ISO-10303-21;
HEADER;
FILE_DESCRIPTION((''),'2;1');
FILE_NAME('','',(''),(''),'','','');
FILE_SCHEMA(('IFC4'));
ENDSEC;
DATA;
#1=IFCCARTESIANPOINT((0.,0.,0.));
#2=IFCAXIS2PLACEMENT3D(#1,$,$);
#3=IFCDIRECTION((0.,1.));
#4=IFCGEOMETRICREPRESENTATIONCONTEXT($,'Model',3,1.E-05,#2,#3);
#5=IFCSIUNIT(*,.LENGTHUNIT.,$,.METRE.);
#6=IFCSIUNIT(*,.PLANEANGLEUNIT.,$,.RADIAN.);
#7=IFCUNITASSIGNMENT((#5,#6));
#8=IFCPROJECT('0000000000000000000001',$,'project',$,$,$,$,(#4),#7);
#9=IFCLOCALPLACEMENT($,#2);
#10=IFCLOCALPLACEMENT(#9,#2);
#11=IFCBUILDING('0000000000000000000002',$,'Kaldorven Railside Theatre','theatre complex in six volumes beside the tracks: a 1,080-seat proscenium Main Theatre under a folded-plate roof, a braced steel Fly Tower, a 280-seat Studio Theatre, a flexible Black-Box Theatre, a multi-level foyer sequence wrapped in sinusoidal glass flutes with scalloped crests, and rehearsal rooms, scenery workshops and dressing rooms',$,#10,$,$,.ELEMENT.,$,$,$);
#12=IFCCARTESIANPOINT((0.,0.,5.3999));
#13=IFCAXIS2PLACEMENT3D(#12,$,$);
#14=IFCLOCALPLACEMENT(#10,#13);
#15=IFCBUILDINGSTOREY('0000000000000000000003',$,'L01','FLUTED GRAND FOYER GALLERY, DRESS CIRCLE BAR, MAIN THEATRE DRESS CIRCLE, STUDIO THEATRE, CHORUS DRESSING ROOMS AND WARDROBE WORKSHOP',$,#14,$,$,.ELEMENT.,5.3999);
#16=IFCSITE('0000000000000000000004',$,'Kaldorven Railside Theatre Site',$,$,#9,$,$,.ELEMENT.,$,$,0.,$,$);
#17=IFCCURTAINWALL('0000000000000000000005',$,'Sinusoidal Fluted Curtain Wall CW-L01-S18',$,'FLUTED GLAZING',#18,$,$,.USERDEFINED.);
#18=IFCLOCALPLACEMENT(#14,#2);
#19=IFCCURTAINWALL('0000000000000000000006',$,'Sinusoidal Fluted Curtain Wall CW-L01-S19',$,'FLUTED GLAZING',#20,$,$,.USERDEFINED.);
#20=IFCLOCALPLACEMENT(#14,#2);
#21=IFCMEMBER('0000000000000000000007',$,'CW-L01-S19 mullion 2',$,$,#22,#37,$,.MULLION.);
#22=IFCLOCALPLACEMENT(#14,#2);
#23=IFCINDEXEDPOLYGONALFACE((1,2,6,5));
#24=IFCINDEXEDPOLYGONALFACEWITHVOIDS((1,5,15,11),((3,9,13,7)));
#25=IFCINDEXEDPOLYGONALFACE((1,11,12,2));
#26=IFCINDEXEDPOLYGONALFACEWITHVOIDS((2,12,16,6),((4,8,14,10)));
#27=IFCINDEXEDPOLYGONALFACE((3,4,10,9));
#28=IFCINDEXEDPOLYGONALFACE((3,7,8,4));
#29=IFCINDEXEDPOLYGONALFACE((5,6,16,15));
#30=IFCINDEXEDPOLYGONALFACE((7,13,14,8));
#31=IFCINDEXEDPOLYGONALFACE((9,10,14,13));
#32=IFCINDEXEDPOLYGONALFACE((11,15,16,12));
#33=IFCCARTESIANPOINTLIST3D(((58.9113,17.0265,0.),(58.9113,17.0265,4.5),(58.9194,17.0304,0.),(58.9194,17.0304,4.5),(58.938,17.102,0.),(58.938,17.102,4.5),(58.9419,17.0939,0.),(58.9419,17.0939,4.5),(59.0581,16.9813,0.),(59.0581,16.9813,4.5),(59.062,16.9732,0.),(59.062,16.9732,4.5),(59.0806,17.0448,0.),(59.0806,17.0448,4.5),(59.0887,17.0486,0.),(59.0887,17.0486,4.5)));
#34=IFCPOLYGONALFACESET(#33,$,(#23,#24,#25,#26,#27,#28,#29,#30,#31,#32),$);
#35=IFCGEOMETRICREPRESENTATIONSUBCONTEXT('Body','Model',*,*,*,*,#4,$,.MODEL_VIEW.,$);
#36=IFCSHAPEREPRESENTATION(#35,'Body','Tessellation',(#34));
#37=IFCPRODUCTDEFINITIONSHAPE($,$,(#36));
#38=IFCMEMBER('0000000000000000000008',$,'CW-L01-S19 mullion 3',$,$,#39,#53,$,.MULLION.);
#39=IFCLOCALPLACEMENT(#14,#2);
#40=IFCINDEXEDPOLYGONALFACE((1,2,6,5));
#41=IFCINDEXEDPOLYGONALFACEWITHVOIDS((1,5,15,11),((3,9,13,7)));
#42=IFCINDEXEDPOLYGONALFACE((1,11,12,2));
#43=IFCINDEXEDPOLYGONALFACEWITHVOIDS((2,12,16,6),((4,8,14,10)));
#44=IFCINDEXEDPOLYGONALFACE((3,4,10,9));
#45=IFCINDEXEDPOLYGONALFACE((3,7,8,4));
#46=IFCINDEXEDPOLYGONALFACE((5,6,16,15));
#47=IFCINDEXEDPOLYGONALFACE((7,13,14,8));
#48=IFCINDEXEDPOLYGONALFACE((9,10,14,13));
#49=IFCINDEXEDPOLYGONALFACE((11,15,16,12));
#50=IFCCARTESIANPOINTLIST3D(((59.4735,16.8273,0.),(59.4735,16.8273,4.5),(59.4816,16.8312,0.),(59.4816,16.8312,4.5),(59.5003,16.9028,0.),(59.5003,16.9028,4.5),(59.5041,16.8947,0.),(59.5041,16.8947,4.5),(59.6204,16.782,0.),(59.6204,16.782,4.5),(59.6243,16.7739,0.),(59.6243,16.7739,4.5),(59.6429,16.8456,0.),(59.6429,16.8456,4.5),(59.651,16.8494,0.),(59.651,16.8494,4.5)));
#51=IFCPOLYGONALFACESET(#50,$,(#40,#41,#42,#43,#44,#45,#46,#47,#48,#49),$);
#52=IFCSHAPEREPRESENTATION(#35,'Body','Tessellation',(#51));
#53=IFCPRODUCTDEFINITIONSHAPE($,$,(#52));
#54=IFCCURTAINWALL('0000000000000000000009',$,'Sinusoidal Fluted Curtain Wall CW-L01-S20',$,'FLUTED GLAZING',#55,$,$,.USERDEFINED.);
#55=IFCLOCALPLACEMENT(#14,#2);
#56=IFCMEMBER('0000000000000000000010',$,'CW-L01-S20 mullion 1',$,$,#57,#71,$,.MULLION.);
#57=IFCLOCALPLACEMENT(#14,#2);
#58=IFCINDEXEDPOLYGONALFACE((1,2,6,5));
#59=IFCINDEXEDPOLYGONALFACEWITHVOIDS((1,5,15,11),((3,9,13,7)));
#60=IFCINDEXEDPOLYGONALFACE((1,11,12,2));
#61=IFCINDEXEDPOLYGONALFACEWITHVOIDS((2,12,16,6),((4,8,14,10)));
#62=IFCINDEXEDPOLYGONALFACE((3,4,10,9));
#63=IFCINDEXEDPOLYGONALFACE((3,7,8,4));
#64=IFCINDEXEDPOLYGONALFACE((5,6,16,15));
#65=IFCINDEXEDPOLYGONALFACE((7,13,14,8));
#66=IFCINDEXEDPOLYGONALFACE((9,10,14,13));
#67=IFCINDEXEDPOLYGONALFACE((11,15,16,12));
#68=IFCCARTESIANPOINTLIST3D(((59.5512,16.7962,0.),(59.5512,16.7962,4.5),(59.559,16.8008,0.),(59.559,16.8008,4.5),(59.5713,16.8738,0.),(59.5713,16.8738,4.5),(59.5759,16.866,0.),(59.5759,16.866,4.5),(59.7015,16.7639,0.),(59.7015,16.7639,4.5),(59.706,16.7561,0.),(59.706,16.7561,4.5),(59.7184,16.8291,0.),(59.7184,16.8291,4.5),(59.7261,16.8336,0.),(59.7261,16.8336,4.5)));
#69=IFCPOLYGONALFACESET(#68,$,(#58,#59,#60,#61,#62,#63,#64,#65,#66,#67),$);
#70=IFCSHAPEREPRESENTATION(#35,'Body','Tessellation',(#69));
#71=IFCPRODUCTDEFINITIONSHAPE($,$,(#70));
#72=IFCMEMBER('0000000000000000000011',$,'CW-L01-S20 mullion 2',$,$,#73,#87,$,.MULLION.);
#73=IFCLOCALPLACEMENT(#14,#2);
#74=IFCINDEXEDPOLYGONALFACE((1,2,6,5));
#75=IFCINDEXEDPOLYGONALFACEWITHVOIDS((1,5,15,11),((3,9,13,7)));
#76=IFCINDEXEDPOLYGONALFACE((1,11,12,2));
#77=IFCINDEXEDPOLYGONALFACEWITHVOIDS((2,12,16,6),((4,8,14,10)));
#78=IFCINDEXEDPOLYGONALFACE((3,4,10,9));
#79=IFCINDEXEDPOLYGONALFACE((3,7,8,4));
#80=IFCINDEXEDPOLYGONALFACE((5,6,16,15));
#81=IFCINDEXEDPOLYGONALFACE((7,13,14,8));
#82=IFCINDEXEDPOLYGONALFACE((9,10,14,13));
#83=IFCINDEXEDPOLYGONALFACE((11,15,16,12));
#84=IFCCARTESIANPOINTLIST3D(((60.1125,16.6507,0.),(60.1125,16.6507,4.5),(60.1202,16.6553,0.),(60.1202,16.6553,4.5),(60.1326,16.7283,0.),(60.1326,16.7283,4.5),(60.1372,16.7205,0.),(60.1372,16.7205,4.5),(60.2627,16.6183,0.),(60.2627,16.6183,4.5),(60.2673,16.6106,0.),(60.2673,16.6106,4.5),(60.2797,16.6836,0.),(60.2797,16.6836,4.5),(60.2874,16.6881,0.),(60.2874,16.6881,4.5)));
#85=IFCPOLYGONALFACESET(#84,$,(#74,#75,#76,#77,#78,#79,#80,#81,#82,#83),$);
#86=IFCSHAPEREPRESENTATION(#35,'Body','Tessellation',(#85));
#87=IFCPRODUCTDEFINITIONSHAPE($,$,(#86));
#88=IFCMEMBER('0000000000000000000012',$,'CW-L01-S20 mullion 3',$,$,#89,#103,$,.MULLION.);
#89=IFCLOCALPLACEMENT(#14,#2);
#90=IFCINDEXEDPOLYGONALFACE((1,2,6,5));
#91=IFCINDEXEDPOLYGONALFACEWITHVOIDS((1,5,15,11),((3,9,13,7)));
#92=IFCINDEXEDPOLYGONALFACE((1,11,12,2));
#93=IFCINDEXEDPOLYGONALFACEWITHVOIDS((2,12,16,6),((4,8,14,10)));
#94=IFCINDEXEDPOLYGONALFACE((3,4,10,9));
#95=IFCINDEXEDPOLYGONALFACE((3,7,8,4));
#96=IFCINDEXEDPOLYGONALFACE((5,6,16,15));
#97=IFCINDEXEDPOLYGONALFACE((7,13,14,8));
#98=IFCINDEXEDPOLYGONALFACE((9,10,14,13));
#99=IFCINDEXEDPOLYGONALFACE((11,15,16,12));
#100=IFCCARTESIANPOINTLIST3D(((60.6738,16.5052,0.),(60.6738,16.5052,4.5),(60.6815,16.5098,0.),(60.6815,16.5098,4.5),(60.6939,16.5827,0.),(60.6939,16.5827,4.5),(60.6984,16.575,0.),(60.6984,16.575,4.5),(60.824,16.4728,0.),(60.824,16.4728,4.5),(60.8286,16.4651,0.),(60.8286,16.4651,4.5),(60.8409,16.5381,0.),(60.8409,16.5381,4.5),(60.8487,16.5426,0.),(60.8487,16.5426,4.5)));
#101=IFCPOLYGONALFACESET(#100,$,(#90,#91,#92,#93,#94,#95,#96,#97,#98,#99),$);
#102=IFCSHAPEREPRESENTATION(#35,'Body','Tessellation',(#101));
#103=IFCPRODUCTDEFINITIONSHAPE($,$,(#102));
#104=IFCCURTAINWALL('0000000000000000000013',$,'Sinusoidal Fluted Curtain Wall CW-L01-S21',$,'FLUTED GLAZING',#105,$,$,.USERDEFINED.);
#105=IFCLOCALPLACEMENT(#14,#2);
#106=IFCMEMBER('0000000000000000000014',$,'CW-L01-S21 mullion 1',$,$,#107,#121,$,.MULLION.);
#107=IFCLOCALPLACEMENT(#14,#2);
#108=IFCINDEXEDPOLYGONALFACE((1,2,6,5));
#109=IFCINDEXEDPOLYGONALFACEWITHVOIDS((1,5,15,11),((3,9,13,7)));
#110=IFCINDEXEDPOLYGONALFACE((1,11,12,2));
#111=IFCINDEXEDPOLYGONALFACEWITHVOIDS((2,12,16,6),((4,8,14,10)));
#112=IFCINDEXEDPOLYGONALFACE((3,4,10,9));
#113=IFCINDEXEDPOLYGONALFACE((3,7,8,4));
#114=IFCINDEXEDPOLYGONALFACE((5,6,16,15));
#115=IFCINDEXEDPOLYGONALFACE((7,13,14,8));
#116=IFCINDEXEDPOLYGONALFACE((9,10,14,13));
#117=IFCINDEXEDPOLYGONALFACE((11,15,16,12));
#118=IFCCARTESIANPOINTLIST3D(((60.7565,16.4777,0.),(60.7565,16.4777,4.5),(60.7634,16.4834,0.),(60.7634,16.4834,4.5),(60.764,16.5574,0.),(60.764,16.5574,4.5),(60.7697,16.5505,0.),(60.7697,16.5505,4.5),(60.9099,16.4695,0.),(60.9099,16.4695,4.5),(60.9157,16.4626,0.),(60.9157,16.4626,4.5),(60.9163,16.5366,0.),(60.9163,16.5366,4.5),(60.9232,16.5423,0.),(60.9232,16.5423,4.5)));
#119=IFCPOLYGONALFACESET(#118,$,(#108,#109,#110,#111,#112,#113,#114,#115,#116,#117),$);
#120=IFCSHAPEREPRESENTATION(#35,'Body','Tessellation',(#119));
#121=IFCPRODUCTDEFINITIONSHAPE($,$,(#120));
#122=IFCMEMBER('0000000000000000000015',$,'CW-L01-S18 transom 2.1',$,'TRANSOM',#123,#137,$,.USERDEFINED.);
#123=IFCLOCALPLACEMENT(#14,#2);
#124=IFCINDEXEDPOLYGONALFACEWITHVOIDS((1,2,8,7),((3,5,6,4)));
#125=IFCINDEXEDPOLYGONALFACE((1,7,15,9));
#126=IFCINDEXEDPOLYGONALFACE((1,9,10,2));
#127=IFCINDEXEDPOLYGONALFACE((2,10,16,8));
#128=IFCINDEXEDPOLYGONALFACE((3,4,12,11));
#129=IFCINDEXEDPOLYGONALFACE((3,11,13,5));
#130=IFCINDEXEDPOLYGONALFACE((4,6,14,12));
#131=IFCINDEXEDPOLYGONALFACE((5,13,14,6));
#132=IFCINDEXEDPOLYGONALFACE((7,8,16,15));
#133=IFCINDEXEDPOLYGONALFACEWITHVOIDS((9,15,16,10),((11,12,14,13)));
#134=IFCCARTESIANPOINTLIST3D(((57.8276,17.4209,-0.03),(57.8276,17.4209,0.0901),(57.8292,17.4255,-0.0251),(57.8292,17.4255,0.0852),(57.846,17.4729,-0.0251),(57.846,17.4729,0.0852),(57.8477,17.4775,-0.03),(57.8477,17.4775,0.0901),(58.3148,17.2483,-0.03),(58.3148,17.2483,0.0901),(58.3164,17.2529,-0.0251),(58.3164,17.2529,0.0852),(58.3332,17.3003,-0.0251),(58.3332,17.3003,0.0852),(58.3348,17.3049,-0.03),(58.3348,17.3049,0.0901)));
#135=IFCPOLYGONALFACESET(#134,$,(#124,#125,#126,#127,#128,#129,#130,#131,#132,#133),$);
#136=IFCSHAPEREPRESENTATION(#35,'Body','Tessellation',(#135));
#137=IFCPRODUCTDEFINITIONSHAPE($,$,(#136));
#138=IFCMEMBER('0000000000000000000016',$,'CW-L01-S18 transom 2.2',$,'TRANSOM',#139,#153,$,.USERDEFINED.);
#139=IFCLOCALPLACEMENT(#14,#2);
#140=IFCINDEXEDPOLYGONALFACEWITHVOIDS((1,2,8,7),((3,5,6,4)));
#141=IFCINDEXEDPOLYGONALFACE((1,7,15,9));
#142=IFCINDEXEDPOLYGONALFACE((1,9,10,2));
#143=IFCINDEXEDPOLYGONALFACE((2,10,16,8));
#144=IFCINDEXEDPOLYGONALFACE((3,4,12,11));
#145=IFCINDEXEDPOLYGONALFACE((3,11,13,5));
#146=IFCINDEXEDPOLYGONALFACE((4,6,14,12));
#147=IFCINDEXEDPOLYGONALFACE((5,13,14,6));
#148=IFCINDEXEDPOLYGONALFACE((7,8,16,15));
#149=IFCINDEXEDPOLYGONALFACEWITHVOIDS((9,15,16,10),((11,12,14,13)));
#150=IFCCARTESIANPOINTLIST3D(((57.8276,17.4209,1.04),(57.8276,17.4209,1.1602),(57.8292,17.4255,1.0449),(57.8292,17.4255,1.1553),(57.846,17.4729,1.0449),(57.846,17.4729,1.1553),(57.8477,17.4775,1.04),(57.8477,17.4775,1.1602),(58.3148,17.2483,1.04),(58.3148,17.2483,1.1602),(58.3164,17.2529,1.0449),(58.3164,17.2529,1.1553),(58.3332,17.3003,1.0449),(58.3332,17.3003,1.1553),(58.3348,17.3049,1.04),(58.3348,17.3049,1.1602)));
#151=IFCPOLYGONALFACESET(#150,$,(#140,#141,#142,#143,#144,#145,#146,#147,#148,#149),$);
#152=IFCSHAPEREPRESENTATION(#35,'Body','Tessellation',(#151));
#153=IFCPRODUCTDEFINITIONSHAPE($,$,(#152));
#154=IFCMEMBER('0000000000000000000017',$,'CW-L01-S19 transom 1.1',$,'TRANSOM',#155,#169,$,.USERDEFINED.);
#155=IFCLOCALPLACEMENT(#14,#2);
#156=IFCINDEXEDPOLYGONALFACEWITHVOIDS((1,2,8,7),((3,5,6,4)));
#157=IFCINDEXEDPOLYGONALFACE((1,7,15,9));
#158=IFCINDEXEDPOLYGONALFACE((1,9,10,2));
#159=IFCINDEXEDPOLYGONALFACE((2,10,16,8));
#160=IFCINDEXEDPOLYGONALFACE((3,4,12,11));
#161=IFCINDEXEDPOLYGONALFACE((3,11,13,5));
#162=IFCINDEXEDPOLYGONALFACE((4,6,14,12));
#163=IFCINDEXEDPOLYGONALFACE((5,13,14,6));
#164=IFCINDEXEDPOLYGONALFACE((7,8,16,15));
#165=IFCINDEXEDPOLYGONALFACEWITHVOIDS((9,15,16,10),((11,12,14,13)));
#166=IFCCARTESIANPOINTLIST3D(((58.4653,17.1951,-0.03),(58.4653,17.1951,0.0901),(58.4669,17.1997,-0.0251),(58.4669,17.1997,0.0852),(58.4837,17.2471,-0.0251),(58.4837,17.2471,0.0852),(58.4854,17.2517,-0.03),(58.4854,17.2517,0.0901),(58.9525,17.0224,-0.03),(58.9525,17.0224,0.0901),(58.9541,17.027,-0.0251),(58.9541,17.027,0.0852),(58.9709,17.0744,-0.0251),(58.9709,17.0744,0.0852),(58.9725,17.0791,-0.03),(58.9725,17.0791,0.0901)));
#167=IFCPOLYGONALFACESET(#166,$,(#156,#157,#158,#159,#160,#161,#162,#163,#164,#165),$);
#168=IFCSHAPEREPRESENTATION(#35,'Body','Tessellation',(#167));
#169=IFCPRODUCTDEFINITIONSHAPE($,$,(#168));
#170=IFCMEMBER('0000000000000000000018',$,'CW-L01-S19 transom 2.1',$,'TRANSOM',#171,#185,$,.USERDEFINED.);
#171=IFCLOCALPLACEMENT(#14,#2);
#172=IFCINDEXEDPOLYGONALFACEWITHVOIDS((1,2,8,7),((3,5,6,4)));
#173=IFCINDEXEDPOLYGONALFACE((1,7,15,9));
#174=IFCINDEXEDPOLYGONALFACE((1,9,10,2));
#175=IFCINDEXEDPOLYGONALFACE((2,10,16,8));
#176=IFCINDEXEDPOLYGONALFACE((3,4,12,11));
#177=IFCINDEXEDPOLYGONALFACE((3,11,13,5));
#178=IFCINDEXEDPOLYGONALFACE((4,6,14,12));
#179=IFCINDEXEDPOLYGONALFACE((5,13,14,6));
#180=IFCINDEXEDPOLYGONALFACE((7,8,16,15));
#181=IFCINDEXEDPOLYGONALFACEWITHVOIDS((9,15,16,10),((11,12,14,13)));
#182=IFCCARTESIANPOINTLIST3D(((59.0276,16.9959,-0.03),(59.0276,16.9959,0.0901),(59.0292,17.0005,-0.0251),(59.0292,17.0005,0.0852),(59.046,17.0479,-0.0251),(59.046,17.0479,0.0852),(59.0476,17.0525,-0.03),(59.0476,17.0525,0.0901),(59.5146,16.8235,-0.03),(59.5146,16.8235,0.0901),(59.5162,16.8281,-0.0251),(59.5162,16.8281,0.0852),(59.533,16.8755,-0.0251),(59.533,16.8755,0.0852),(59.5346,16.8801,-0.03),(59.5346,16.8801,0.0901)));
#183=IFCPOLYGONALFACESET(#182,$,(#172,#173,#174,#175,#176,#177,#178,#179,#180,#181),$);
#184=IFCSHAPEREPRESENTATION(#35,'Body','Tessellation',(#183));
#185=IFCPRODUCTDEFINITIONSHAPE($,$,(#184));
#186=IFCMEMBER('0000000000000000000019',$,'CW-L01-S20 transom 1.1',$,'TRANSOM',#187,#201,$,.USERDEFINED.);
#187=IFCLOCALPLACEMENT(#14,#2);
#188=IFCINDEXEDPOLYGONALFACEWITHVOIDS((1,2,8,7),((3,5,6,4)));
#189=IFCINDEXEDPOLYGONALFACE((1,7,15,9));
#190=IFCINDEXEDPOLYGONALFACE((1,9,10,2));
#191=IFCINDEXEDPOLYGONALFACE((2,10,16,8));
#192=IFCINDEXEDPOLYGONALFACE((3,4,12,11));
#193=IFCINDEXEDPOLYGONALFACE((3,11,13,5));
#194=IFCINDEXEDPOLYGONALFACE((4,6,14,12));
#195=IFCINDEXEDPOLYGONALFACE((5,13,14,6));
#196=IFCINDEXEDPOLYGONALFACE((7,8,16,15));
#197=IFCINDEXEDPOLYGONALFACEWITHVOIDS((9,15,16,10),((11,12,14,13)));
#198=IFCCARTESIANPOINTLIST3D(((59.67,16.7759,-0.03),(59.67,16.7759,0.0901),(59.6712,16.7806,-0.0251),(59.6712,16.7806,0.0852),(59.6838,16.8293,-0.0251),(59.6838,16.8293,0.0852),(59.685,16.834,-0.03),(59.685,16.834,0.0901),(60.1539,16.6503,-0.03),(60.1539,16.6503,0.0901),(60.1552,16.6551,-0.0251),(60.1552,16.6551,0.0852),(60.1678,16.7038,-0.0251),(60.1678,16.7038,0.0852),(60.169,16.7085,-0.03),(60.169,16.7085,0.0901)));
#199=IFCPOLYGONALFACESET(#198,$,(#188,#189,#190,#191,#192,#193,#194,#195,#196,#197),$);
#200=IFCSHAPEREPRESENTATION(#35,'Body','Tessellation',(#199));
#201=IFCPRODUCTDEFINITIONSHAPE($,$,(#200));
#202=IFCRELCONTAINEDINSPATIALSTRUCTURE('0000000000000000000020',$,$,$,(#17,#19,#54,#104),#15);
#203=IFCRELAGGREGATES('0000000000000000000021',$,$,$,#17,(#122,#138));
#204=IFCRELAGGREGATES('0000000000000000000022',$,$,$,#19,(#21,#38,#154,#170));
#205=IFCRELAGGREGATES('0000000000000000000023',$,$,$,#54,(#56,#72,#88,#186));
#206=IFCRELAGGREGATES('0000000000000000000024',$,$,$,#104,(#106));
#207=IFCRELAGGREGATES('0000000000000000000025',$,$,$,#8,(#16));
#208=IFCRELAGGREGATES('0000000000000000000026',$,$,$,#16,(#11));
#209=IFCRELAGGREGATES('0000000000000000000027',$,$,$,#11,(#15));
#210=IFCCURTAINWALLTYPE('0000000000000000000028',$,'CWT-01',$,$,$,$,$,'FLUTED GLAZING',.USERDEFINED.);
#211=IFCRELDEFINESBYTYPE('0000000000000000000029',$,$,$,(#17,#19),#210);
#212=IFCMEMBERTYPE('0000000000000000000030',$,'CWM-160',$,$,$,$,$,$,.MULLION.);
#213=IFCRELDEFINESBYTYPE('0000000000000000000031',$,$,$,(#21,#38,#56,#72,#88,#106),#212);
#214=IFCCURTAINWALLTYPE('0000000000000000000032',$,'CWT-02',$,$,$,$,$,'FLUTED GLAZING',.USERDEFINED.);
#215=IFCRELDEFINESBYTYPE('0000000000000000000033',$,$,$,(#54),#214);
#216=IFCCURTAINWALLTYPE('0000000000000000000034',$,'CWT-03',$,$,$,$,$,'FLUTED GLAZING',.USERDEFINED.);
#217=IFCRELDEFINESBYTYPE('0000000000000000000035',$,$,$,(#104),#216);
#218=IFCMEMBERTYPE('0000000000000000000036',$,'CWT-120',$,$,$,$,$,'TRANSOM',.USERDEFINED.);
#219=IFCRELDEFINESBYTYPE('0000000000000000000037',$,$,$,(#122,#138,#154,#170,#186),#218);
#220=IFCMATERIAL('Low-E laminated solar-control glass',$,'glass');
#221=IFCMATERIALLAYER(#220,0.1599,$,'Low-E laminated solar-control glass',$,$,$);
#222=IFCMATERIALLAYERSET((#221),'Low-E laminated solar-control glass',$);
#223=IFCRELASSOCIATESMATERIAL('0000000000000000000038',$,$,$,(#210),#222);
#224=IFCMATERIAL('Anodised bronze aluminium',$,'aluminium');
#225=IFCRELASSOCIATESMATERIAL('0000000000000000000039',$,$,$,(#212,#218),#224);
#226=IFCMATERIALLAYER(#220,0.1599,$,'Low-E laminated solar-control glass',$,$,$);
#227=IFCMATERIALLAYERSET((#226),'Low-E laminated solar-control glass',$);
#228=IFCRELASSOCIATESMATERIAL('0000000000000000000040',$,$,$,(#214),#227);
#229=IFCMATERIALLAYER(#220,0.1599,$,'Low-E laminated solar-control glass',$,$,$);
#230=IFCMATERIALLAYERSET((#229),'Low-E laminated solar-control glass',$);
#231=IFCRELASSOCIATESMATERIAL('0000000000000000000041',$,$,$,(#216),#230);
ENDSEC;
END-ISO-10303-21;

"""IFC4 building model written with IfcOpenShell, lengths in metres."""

from ifc_helpers import new_model, si_unit, direction, frame, origin, origin_2d, place, context, subcontext, project, spatial, hollow_rectangle, extrude, material, layer, layer_set, material_profile, profile_set, type_object, element, aggregate, save


model = new_model("IFC4")

# Units and contexts
model_context = context("Model", 3, precision=1e-05, world=origin(), true_north=direction((0.0, 1.0)))
body_context = subcontext(model_context, "Body", "Model", "MODEL_VIEW")
ifc_project = project(units=[si_unit("LENGTHUNIT", "METRE"), si_unit("PLANEANGLEUNIT", "RADIAN")], contexts=[model_context])

# Site, building, storey
site_placement = place(None, origin())
site = spatial("IfcSite", under=ifc_project, at=site_placement, Name="Kaldorven Railside Theatre Site", CompositionType="ELEMENT", RefElevation=0.0)
building_placement = place(site_placement, origin())
building = spatial("IfcBuilding", under=site, at=building_placement, Name="Kaldorven Railside Theatre", Description="theatre complex in six volumes beside the tracks: a 1,080-seat proscenium Main Theatre under a folded-plate roof, a braced steel Fly Tower, a 280-seat Studio Theatre, a flexible Black-Box Theatre, a multi-level foyer sequence wrapped in sinusoidal glass flutes with scalloped crests, and rehearsal rooms, scenery workshops and dressing rooms", CompositionType="ELEMENT")
storey_placement = place(building_placement, frame((0.0, 0.0, 5.3999)))
storey = spatial("IfcBuildingStorey", under=building, at=storey_placement, Name="L01", Description="FLUTED GRAND FOYER GALLERY, DRESS CIRCLE BAR, MAIN THEATRE DRESS CIRCLE, STUDIO THEATRE, CHORUS DRESSING ROOMS AND WARDROBE WORKSHOP", CompositionType="ELEMENT", Elevation=5.3999)

# Curtain wall
ifc_material_1 = material(Name="Low-E laminated solar-control glass", Category="glass")
ifc_layer_1 = layer(ifc_material_1, 0.1599, Name="Low-E laminated solar-control glass")
ifc_layer_set_1 = layer_set([ifc_layer_1], Name="Low-E laminated solar-control glass")
curtain_wall_type_1 = type_object("IfcCurtainWallType", Name="CWT-01", ElementType="FLUTED GLAZING", PredefinedType="USERDEFINED", material=ifc_layer_set_1)
curtain_wall_1_placement = place(storey_placement, origin())
curtain_wall_1 = element("IfcCurtainWall", 1, at=curtain_wall_1_placement, inside=storey, type_object=curtain_wall_type_1, Name="Sinusoidal Fluted Curtain Wall CW-L01-S18", ObjectType="FLUTED GLAZING", PredefinedType="USERDEFINED")
ifc_material_2 = material(Name="Anodised bronze aluminium", Category="aluminium")
ifc_material_profile_1 = material_profile(ifc_material_2, hollow_rectangle(XDim=0.0801, YDim=0.1599, WallThickness=0.0063, at=origin_2d()), Name="RHS 160x80x6.3")
ifc_profile_set_1 = profile_set([ifc_material_profile_1], Name="Anodised bronze aluminium")
member_type_1 = type_object("IfcMemberType", Name="CWM-160", PredefinedType="MULLION", material=ifc_profile_set_1)

# Curtain walls, members
curtain_wall_2_placement = place(storey_placement, origin())
curtain_wall_2 = element("IfcCurtainWall", 2, at=curtain_wall_2_placement, inside=storey, type_object=curtain_wall_type_1, Name="Sinusoidal Fluted Curtain Wall CW-L01-S19", ObjectType="FLUTED GLAZING", PredefinedType="USERDEFINED")
member_1_placement = place(storey_placement, frame((59.0, 17.0376, 0.0), z_axis=(0.0, 0.0, 1.0), x_axis=(0.333847, 0.942627, 0.0)))
member_1 = element("IfcMember", 3, at=member_1_placement, type_object=member_type_1, Name="CW-L01-S19 mullion 2", PredefinedType="MULLION", context=body_context, shape_type="SweptSolid", body=[
    extrude(hollow_rectangle(XDim=0.0801, YDim=0.1599, WallThickness=0.0063, at=origin_2d()), origin(), (0.0, 0.0, 1.0), 4.5),
])
member_2_placement = place(storey_placement, frame((59.5623, 16.8384, 0.0), z_axis=(0.0, 0.0, 1.0), x_axis=(0.333847, 0.942627, 0.0)))
member_2 = element("IfcMember", 4, at=member_2_placement, type_object=member_type_1, Name="CW-L01-S19 mullion 3", PredefinedType="MULLION", context=body_context, shape_type="SweptSolid", body=[
    extrude(hollow_rectangle(XDim=0.0801, YDim=0.1599, WallThickness=0.0063, at=origin_2d()), origin(), (0.0, 0.0, 1.0), 4.5),
])
ifc_layer_2 = layer(ifc_material_1, 0.1599, Name="Low-E laminated solar-control glass")
ifc_layer_set_2 = layer_set([ifc_layer_2], Name="Low-E laminated solar-control glass")
curtain_wall_type_2 = type_object("IfcCurtainWallType", Name="CWT-02", ElementType="FLUTED GLAZING", PredefinedType="USERDEFINED", material=ifc_layer_set_2)
curtain_wall_3_placement = place(storey_placement, origin())
curtain_wall_3 = element("IfcCurtainWall", 5, at=curtain_wall_3_placement, inside=storey, type_object=curtain_wall_type_2, Name="Sinusoidal Fluted Curtain Wall CW-L01-S20", ObjectType="FLUTED GLAZING", PredefinedType="USERDEFINED")
member_3_placement = place(storey_placement, frame((59.6387, 16.8149, 0.0), z_axis=(0.0, 0.0, 1.0), x_axis=(0.250954, 0.967999, 0.0)))
member_3 = element("IfcMember", 6, at=member_3_placement, type_object=member_type_1, Name="CW-L01-S20 mullion 1", PredefinedType="MULLION", context=body_context, shape_type="SweptSolid", body=[
    extrude(hollow_rectangle(XDim=0.0801, YDim=0.1599, WallThickness=0.0063, at=origin_2d()), origin(), (0.0, 0.0, 1.0), 4.5),
])
member_4_placement = place(storey_placement, frame((60.2, 16.6694, 0.0), z_axis=(0.0, 0.0, 1.0), x_axis=(0.250954, 0.967999, 0.0)))
member_4 = element("IfcMember", 7, at=member_4_placement, type_object=member_type_1, Name="CW-L01-S20 mullion 2", PredefinedType="MULLION", context=body_context, shape_type="SweptSolid", body=[
    extrude(hollow_rectangle(XDim=0.0801, YDim=0.1599, WallThickness=0.0063, at=origin_2d()), origin(), (0.0, 0.0, 1.0), 4.5),
])
member_5_placement = place(storey_placement, frame((60.7612, 16.5239, 0.0), z_axis=(0.0, 0.0, 1.0), x_axis=(0.250954, 0.967999, 0.0)))
member_5 = element("IfcMember", 8, at=member_5_placement, type_object=member_type_1, Name="CW-L01-S20 mullion 3", PredefinedType="MULLION", context=body_context, shape_type="SweptSolid", body=[
    extrude(hollow_rectangle(XDim=0.0801, YDim=0.1599, WallThickness=0.0063, at=origin_2d()), origin(), (0.0, 0.0, 1.0), 4.5),
])

# Curtain wall, member
ifc_layer_3 = layer(ifc_material_1, 0.1599, Name="Low-E laminated solar-control glass")
ifc_layer_set_3 = layer_set([ifc_layer_3], Name="Low-E laminated solar-control glass")
curtain_wall_type_3 = type_object("IfcCurtainWallType", Name="CWT-03", ElementType="FLUTED GLAZING", PredefinedType="USERDEFINED", material=ifc_layer_set_3)
curtain_wall_4_placement = place(storey_placement, origin())
curtain_wall_4 = element("IfcCurtainWall", 9, at=curtain_wall_4_placement, inside=storey, type_object=curtain_wall_type_3, Name="Sinusoidal Fluted Curtain Wall CW-L01-S21", ObjectType="FLUTED GLAZING", PredefinedType="USERDEFINED")
member_6_placement = place(storey_placement, frame((60.8398, 16.51, 0.0), z_axis=(0.0, 0.0, 1.0), x_axis=(0.094492, 0.995526, 0.0)))
member_6 = element("IfcMember", 10, at=member_6_placement, type_object=member_type_1, Name="CW-L01-S21 mullion 1", PredefinedType="MULLION", context=body_context, shape_type="SweptSolid", body=[
    extrude(hollow_rectangle(XDim=0.0801, YDim=0.1599, WallThickness=0.0063, at=origin_2d()), origin(), (0.0, 0.0, 1.0), 4.5),
])

# Members
ifc_material_profile_2 = material_profile(ifc_material_2, hollow_rectangle(XDim=0.0601, YDim=0.1201, WallThickness=0.0049, at=origin_2d()), Name="RHS 120x60x5")
ifc_profile_set_2 = profile_set([ifc_material_profile_2], Name="Anodised bronze aluminium")
member_type_2 = type_object("IfcMemberType", Name="CWT-120", ElementType="TRANSOM", PredefinedType="USERDEFINED", material=ifc_profile_set_2)
member_7_placement = place(storey_placement, frame((57.8376, 17.4492, 0.03), z_axis=(0.942562, -0.334031, 0.0), x_axis=(0.334031, 0.942562, 0.0)))
member_7 = element("IfcMember", 11, at=member_7_placement, type_object=member_type_2, Name="CW-L01-S18 transom 2.1", ObjectType="TRANSOM", PredefinedType="USERDEFINED", context=body_context, shape_type="SweptSolid", body=[
    extrude(hollow_rectangle(XDim=0.0601, YDim=0.1201, WallThickness=0.0049, at=origin_2d()), origin(), (0.0, 0.0, 1.0), 0.5168),
])
member_8_placement = place(storey_placement, frame((57.8376, 17.4492, 1.1001), z_axis=(0.942562, -0.334031, 0.0), x_axis=(0.334031, 0.942562, 0.0)))
member_8 = element("IfcMember", 12, at=member_8_placement, type_object=member_type_2, Name="CW-L01-S18 transom 2.2", ObjectType="TRANSOM", PredefinedType="USERDEFINED", context=body_context, shape_type="SweptSolid", body=[
    extrude(hollow_rectangle(XDim=0.0601, YDim=0.1201, WallThickness=0.0049, at=origin_2d()), origin(), (0.0, 0.0, 1.0), 0.5168),
])
member_9_placement = place(storey_placement, frame((58.4753, 17.2234, 0.03), z_axis=(0.942562, -0.334031, 0.0), x_axis=(0.334031, 0.942562, 0.0)))
member_9 = element("IfcMember", 13, at=member_9_placement, type_object=member_type_2, Name="CW-L01-S19 transom 1.1", ObjectType="TRANSOM", PredefinedType="USERDEFINED", context=body_context, shape_type="SweptSolid", body=[
    extrude(hollow_rectangle(XDim=0.0601, YDim=0.1201, WallThickness=0.0049, at=origin_2d()), origin(), (0.0, 0.0, 1.0), 0.5168),
])
member_10_placement = place(storey_placement, frame((59.0376, 17.0242, 0.03), z_axis=(0.942711, -0.333611, 0.0), x_axis=(0.333611, 0.942711, 0.0)))
member_10 = element("IfcMember", 14, at=member_10_placement, type_object=member_type_2, Name="CW-L01-S19 transom 2.1", ObjectType="TRANSOM", PredefinedType="USERDEFINED", context=body_context, shape_type="SweptSolid", body=[
    extrude(hollow_rectangle(XDim=0.0601, YDim=0.1201, WallThickness=0.0049, at=origin_2d()), origin(), (0.0, 0.0, 1.0), 0.5166),
])
member_11_placement = place(storey_placement, frame((59.6775, 16.8049, 0.03), z_axis=(0.967979, -0.25103, 0.0), x_axis=(0.25103, 0.967979, 0.0)))
member_11 = element("IfcMember", 15, at=member_11_placement, type_object=member_type_2, Name="CW-L01-S20 transom 1.1", ObjectType="TRANSOM", PredefinedType="USERDEFINED", context=body_context, shape_type="SweptSolid", body=[
    extrude(hollow_rectangle(XDim=0.0601, YDim=0.1201, WallThickness=0.0049, at=origin_2d()), origin(), (0.0, 0.0, 1.0), 0.5),
])

aggregate(curtain_wall_1, [member_7, member_8])
aggregate(curtain_wall_2, [member_1, member_2, member_9, member_10])
aggregate(curtain_wall_3, [member_3, member_4, member_5, member_11])
aggregate(curtain_wall_4, [member_6])

save(model, "model.ifc")
